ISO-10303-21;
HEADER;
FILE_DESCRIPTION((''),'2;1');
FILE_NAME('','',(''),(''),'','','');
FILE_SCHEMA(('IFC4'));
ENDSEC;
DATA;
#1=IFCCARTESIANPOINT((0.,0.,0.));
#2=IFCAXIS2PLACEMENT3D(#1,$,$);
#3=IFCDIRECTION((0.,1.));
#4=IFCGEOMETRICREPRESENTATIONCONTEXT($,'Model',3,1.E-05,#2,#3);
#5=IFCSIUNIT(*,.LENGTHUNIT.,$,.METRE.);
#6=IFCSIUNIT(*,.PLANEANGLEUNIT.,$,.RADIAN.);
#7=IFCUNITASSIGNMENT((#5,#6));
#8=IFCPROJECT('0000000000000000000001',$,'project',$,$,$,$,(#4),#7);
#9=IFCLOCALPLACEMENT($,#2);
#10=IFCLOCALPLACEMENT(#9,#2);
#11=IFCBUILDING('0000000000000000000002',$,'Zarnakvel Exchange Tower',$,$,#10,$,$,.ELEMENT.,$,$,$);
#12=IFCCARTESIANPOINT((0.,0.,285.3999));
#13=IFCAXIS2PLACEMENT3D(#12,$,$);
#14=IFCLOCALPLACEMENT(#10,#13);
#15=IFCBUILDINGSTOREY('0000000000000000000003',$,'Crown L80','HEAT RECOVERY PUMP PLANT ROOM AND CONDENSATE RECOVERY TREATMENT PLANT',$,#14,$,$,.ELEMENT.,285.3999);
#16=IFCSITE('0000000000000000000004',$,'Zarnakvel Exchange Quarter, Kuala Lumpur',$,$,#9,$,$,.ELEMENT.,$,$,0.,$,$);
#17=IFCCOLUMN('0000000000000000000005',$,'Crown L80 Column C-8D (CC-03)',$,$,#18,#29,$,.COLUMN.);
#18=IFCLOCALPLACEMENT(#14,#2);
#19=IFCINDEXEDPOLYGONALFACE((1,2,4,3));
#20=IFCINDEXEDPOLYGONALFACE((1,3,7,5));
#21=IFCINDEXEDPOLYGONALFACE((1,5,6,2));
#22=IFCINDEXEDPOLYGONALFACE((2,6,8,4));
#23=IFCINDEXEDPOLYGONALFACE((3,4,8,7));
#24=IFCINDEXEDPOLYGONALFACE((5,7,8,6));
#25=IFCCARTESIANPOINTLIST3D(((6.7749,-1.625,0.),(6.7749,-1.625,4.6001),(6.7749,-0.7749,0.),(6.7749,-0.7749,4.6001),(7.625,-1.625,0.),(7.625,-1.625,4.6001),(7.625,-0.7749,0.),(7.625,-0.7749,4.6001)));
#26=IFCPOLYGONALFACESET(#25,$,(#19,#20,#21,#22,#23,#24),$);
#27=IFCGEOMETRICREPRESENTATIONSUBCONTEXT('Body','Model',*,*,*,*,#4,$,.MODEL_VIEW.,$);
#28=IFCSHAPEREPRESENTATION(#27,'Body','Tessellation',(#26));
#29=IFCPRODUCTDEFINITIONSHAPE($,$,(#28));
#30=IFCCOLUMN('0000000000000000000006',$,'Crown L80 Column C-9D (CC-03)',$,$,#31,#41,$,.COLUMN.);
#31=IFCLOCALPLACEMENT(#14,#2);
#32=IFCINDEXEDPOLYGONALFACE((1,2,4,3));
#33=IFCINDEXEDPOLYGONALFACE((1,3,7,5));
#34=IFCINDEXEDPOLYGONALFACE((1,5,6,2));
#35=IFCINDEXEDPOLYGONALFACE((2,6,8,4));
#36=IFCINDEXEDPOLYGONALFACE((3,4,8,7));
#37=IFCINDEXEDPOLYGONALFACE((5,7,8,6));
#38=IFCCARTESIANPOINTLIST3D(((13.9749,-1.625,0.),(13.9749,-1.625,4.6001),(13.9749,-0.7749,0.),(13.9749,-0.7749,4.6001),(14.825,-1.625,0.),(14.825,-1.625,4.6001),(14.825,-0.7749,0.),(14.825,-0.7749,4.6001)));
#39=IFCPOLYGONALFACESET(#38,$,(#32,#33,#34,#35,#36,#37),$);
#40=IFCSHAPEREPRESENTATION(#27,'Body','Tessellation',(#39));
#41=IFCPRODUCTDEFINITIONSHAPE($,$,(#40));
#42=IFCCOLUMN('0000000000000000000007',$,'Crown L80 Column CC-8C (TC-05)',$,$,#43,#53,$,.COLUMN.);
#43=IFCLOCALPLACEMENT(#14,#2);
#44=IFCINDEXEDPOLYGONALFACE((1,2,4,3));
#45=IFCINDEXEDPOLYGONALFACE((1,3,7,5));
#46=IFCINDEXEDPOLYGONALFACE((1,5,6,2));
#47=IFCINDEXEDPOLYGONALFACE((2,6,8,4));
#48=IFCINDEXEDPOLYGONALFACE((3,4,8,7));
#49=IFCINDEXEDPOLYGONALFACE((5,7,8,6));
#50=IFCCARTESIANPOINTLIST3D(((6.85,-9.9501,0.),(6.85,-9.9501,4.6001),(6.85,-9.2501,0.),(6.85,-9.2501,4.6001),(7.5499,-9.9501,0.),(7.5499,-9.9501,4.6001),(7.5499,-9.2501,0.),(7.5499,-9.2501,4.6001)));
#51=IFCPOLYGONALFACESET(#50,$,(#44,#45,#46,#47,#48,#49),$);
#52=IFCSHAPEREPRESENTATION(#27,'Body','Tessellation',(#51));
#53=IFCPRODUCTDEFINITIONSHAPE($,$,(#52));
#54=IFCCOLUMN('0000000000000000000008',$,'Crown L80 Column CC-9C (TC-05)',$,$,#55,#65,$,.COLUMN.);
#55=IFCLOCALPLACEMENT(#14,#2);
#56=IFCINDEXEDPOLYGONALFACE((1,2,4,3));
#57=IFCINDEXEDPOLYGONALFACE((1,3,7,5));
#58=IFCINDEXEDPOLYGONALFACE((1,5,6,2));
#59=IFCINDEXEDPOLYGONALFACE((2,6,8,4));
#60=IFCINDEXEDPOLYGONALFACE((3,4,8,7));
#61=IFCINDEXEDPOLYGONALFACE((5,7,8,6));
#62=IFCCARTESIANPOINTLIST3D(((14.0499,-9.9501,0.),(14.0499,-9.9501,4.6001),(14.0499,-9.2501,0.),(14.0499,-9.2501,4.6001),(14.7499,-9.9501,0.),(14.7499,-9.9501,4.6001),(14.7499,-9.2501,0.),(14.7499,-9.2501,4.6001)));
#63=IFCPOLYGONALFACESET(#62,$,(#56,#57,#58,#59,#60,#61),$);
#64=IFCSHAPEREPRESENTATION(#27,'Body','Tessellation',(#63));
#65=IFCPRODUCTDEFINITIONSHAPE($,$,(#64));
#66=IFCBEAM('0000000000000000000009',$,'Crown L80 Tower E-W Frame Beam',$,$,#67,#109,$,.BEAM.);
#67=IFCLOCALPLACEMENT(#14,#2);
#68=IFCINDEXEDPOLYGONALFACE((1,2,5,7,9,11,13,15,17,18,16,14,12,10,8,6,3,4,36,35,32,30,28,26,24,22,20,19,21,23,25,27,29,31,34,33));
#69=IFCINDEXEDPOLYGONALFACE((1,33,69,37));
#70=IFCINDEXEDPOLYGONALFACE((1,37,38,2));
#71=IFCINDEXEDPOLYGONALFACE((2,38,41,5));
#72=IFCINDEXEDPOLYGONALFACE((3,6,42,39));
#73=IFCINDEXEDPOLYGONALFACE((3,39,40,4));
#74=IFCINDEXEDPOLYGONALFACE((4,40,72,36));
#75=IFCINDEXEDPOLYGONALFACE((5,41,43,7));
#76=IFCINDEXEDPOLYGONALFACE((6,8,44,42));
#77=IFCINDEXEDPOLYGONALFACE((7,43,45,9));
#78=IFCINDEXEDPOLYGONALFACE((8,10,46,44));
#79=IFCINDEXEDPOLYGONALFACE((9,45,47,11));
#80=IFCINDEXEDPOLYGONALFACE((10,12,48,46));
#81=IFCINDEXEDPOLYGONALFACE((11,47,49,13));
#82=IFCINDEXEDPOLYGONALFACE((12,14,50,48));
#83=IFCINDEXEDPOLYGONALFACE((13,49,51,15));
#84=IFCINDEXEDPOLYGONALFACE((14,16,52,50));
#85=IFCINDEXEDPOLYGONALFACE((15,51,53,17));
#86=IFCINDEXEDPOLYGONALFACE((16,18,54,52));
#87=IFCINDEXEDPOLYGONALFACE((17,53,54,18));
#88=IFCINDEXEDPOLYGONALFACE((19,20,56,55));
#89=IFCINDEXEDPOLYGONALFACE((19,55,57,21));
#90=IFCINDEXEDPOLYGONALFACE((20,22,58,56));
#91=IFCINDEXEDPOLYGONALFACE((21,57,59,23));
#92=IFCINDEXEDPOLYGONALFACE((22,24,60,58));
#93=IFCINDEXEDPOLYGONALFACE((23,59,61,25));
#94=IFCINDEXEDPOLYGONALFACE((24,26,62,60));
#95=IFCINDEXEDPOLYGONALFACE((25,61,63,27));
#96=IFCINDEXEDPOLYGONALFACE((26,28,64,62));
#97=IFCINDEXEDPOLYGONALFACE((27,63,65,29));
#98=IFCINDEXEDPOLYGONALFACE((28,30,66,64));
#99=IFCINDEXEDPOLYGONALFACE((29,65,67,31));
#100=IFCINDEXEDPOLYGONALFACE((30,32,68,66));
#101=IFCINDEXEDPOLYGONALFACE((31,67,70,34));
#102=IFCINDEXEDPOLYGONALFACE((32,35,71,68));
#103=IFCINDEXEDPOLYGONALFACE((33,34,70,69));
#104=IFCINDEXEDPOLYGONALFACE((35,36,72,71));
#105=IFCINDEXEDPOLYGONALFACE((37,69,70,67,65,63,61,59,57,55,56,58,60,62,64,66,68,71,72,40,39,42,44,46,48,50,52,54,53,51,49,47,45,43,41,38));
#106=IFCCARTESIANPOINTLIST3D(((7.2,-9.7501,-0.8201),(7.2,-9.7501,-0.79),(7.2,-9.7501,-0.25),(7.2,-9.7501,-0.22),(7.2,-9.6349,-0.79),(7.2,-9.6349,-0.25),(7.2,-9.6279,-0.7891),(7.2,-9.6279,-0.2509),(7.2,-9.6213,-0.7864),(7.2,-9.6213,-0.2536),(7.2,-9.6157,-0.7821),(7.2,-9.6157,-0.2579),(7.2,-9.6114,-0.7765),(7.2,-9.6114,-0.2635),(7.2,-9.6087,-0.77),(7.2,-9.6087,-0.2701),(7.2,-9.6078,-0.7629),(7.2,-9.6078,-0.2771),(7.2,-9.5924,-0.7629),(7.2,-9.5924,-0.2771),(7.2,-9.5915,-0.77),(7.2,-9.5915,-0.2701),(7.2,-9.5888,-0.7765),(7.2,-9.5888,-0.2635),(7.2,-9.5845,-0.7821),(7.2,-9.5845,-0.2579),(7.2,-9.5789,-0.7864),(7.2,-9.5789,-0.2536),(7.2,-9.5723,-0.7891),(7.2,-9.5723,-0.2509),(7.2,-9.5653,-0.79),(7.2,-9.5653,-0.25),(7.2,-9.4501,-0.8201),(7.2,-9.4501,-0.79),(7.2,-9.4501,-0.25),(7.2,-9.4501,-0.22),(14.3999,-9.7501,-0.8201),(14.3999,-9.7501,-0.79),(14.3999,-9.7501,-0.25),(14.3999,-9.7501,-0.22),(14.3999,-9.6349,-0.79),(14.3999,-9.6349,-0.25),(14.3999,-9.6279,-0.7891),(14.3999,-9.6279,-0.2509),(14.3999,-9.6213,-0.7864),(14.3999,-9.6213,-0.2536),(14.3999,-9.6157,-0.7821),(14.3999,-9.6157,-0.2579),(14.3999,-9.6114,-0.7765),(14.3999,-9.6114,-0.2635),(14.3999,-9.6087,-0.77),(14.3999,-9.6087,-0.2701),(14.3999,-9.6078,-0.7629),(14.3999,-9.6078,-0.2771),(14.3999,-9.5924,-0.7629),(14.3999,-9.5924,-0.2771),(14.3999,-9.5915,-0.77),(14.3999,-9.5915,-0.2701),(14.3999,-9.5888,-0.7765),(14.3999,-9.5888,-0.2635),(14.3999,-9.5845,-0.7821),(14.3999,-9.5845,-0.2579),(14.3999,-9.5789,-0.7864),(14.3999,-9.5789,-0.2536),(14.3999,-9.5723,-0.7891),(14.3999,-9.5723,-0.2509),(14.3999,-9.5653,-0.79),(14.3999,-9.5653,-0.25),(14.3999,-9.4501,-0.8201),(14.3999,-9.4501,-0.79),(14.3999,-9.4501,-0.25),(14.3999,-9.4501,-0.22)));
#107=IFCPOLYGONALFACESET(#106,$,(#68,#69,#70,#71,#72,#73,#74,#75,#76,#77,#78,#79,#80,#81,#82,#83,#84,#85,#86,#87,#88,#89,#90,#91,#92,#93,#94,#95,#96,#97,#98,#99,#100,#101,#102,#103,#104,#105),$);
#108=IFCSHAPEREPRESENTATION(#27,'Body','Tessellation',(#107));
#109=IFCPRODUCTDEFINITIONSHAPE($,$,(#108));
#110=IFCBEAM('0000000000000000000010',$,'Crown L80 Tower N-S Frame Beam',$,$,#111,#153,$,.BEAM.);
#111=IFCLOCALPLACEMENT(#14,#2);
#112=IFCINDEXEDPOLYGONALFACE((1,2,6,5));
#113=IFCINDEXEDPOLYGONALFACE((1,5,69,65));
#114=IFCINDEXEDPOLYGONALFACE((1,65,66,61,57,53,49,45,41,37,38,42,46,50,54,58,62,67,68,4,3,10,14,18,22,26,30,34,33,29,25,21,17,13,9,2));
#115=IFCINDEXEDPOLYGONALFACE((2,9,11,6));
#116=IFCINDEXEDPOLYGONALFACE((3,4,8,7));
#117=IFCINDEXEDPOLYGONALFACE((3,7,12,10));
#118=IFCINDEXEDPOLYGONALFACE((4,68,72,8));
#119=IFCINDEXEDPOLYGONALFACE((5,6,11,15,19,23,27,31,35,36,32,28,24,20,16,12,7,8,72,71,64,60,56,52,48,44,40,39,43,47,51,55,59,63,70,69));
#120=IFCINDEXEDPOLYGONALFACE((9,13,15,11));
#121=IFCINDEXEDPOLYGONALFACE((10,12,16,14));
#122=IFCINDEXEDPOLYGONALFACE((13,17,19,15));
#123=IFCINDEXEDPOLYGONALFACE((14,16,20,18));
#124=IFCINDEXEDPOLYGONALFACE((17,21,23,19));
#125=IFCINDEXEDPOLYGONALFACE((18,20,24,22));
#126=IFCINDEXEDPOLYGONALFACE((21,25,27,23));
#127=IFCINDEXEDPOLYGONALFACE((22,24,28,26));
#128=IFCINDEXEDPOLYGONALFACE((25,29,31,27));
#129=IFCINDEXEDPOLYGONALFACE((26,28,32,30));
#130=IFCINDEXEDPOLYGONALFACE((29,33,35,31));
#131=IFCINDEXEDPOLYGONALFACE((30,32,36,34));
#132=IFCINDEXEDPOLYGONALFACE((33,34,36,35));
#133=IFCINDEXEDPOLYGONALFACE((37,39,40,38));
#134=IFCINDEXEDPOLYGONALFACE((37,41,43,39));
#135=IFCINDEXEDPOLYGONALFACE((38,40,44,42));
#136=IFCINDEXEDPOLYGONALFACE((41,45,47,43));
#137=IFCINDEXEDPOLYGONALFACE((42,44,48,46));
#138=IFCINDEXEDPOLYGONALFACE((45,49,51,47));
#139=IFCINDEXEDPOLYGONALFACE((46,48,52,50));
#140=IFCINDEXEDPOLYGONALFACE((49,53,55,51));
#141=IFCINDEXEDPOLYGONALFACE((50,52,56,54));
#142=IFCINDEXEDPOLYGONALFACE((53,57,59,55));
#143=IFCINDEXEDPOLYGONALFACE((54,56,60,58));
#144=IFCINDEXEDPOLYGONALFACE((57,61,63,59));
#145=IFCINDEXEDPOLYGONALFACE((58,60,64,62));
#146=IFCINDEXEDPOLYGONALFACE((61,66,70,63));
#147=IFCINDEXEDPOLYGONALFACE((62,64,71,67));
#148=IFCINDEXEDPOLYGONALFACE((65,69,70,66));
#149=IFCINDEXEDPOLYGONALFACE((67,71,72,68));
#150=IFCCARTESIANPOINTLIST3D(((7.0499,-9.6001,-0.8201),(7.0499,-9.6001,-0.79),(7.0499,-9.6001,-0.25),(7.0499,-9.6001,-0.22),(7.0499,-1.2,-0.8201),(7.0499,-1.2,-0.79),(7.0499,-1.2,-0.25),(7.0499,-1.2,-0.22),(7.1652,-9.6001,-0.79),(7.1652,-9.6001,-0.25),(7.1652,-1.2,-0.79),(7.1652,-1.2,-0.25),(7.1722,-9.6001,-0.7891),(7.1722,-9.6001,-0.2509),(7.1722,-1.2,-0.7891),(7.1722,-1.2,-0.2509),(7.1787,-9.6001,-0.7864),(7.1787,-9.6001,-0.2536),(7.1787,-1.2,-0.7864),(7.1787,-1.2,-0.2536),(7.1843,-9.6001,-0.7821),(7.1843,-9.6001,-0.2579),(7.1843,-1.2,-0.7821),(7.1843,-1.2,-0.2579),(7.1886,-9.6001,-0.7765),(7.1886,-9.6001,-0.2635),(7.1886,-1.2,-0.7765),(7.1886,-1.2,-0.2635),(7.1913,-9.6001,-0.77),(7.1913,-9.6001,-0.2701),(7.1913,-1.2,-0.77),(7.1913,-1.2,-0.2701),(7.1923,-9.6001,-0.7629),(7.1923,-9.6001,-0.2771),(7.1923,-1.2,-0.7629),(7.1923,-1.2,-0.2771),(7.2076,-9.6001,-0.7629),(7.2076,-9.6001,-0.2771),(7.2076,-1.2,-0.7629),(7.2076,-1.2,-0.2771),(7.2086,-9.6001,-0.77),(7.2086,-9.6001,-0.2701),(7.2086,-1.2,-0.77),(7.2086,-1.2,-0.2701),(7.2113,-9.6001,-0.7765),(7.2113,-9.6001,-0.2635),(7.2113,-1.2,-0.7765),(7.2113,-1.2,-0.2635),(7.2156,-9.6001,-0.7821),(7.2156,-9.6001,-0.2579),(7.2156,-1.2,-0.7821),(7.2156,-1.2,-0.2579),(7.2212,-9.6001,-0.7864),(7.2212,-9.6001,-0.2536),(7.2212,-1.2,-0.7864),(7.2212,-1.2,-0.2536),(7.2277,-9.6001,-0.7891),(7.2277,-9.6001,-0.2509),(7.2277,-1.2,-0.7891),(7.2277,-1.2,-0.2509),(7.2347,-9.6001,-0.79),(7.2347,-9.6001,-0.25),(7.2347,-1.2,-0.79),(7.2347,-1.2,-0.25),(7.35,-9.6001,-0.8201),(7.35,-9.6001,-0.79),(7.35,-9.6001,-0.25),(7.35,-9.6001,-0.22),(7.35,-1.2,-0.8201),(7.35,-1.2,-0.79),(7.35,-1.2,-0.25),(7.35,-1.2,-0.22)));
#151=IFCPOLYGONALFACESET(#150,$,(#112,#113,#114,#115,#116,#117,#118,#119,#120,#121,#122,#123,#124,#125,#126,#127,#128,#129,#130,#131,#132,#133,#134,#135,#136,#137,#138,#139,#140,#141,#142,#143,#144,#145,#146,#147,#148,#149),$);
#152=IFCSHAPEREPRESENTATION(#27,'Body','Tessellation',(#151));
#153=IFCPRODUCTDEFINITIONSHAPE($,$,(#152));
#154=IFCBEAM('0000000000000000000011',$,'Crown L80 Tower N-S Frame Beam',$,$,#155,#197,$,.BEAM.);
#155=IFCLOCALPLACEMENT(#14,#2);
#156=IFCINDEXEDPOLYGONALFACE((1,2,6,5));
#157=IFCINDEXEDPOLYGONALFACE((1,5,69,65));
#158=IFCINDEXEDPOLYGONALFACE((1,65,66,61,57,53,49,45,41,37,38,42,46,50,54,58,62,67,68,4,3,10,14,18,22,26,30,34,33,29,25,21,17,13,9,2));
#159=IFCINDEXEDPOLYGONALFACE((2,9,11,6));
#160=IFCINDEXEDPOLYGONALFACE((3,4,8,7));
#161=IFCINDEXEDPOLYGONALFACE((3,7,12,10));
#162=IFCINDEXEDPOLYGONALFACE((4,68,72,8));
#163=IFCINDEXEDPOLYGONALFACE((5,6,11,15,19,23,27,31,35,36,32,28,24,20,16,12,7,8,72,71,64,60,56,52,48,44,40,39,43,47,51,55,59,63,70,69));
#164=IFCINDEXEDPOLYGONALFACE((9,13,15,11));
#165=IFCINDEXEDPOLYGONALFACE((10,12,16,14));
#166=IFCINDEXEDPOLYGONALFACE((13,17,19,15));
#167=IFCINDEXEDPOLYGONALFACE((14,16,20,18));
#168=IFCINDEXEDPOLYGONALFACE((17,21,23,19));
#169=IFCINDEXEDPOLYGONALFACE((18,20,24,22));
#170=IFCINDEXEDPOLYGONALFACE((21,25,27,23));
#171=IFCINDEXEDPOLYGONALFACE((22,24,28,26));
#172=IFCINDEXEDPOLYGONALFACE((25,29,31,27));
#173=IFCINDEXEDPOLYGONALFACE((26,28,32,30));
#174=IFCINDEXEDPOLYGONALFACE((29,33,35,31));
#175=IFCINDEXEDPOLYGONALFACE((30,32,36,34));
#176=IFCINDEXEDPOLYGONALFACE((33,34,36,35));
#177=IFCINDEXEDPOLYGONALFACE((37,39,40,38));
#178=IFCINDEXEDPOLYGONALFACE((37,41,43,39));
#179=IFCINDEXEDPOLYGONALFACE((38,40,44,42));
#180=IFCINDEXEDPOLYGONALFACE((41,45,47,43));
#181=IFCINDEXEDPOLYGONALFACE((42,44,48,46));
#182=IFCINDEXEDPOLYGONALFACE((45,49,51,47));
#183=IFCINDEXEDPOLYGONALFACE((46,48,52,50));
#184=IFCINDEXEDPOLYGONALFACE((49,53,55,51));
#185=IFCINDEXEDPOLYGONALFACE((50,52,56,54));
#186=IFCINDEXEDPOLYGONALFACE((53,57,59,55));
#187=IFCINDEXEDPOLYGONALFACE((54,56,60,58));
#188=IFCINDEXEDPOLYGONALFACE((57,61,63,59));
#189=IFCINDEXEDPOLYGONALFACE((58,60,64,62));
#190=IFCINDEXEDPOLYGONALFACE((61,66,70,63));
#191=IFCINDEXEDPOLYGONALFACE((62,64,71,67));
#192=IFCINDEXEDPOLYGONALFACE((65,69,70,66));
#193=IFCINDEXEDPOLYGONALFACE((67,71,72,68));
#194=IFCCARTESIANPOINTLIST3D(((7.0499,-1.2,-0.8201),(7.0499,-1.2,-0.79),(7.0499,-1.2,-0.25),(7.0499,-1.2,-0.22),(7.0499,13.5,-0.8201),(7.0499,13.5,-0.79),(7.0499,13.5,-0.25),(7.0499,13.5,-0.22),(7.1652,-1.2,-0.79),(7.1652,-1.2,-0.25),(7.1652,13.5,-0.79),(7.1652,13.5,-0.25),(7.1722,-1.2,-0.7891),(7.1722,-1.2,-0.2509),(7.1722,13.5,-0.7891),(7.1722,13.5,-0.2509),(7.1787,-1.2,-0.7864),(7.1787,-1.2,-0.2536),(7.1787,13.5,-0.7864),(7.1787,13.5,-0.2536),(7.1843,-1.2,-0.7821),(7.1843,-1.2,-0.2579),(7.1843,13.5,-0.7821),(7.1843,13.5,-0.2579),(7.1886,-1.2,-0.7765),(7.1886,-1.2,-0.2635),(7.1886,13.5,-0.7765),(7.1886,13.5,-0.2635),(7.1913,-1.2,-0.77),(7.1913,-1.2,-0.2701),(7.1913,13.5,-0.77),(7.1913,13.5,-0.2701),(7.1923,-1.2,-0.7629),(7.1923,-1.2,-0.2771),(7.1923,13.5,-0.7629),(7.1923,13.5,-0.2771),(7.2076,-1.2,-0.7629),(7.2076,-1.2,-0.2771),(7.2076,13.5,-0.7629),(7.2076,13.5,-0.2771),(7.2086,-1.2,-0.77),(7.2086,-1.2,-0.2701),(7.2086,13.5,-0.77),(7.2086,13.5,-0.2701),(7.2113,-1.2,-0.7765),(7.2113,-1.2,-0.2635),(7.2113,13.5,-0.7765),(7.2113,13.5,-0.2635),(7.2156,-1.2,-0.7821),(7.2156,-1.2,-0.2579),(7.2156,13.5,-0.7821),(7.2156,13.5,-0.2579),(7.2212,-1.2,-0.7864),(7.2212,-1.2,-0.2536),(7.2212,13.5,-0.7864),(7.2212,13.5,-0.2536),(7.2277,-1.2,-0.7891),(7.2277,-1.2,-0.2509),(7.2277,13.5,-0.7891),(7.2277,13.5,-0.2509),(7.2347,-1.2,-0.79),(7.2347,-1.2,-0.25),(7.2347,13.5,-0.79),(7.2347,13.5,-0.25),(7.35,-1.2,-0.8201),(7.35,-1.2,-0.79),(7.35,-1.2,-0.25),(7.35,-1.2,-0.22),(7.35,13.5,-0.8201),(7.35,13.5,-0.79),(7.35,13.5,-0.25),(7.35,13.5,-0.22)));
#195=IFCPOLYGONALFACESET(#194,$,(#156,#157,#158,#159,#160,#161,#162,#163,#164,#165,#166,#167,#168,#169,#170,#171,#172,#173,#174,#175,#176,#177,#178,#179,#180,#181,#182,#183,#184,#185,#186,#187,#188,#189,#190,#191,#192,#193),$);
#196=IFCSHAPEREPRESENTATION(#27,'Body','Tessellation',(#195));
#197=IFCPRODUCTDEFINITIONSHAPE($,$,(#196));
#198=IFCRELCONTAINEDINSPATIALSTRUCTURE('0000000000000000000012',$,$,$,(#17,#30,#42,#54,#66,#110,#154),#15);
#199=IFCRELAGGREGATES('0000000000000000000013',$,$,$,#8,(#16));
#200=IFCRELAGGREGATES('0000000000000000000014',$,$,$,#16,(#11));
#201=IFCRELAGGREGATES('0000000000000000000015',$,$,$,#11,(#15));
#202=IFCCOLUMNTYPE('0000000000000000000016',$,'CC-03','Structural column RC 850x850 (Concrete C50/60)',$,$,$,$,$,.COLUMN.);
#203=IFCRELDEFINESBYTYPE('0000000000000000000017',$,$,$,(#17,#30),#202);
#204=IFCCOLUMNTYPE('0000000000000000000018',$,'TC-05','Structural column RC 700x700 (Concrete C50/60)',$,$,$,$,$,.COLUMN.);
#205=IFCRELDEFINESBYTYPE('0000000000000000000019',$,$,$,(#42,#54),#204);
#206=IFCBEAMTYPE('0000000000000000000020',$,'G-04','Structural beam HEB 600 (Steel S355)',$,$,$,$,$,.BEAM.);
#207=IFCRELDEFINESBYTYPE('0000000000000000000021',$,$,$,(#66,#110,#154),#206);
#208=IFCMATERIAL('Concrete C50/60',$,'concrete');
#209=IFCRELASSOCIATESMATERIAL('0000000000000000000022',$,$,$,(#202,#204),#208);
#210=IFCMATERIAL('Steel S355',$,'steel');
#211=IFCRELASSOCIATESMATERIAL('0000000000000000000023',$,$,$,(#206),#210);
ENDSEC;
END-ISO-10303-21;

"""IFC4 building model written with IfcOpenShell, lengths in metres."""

from ifc_helpers import new_model, si_unit, direction, frame, origin, origin_2d, place, context, subcontext, project, spatial, rectangle, i_section, extrude, material, material_profile, profile_set, type_object, element, save


model = new_model("IFC4")

# Units and contexts
model_context = context("Model", 3, precision=1e-05, world=origin(), true_north=direction((0.0, 1.0)))
body_context = subcontext(model_context, "Body", "Model", "MODEL_VIEW")
ifc_project = project(units=[si_unit("LENGTHUNIT", "METRE"), si_unit("PLANEANGLEUNIT", "RADIAN")], contexts=[model_context])

# Site, building, storey
site_placement = place(None, origin())
site = spatial("IfcSite", under=ifc_project, at=site_placement, Name="Zarnakvel Exchange Quarter, Kuala Lumpur", CompositionType="ELEMENT", RefElevation=0.0)
building_placement = place(site_placement, origin())
building = spatial("IfcBuilding", under=site, at=building_placement, Name="Zarnakvel Exchange Tower", CompositionType="ELEMENT")
storey_placement = place(building_placement, frame((0.0, 0.0, 285.3999)))
storey = spatial("IfcBuildingStorey", under=building, at=storey_placement, Name="Crown L80", Description="HEAT RECOVERY PUMP PLANT ROOM AND CONDENSATE RECOVERY TREATMENT PLANT", CompositionType="ELEMENT", Elevation=285.3999)

# Columns
ifc_material_1 = material(Name="Concrete C50/60", Category="concrete")
ifc_material_profile_1 = material_profile(ifc_material_1, rectangle(XDim=0.8501, YDim=0.8501, at=origin_2d()))
ifc_profile_set_1 = profile_set([ifc_material_profile_1], Name="Concrete C50/60")
column_type_1 = type_object("IfcColumnType", Name="CC-03", Description="Structural column RC 850x850 (Concrete C50/60)", PredefinedType="COLUMN", material=ifc_profile_set_1)
for number, where, z_axis, x_axis, name in (
    (1, (7.2, -1.2, 0.0), (0.0, 0.0, 1.0), (1.0, 0.0, 0.0), "Crown L80 Column C-8D (CC-03)"),
    (2, (14.3999, -1.2, 0.0), (0.0, 0.0, 1.0), (1.0, 0.0, 0.0), "Crown L80 Column C-9D (CC-03)"),
):
    element("IfcColumn", number, at=place(storey_placement, frame(where, z_axis=z_axis, x_axis=x_axis)), inside=storey, type_object=column_type_1, Name=name, PredefinedType="COLUMN", context=body_context, shape_type="SweptSolid", body=[
        extrude(rectangle(XDim=0.8501, YDim=0.8501, at=origin_2d()), origin(), (0.0, 0.0, 1.0), 4.6001),
    ])
ifc_material_profile_2 = material_profile(ifc_material_1, rectangle(XDim=0.7, YDim=0.7, at=origin_2d()))
ifc_profile_set_2 = profile_set([ifc_material_profile_2], Name="Concrete C50/60")
column_type_2 = type_object("IfcColumnType", Name="TC-05", Description="Structural column RC 700x700 (Concrete C50/60)", PredefinedType="COLUMN", material=ifc_profile_set_2)
for number, where, z_axis, x_axis, name in (
    (3, (7.2, -9.6001, 0.0), (0.0, 0.0, 1.0), (1.0, 0.0, 0.0), "Crown L80 Column CC-8C (TC-05)"),
    (4, (14.3999, -9.6001, 0.0), (0.0, 0.0, 1.0), (1.0, 0.0, 0.0), "Crown L80 Column CC-9C (TC-05)"),
):
    element("IfcColumn", number, at=place(storey_placement, frame(where, z_axis=z_axis, x_axis=x_axis)), inside=storey, type_object=column_type_2, Name=name, PredefinedType="COLUMN", context=body_context, shape_type="SweptSolid", body=[
        extrude(rectangle(XDim=0.7, YDim=0.7, at=origin_2d()), origin(), (0.0, 0.0, 1.0), 4.6001),
    ])

# Beams
ifc_material_2 = material(Name="Steel S355", Category="steel")
ifc_material_profile_3 = material_profile(ifc_material_2, i_section(OverallWidth=0.3, OverallDepth=0.6001, WebThickness=0.0154, FlangeThickness=0.03, FilletRadius=0.0271, at=origin_2d()))
ifc_profile_set_3 = profile_set([ifc_material_profile_3], Name="Steel S355")
beam_type_1 = type_object("IfcBeamType", Name="G-04", Description="Structural beam HEB 600 (Steel S355)", PredefinedType="BEAM", material=ifc_profile_set_3)
beam_1_placement = place(storey_placement, frame((7.2, -9.6001, -0.52), z_axis=(1.0, 0.0, 0.0), x_axis=(0.0, 1.0, 0.0)))
element("IfcBeam", 5, at=beam_1_placement, inside=storey, type_object=beam_type_1, Name="Crown L80 Tower E-W Frame Beam", PredefinedType="BEAM", context=body_context, shape_type="SweptSolid", body=[
    extrude(i_section(OverallWidth=0.3, OverallDepth=0.6001, WebThickness=0.0154, FlangeThickness=0.03, FilletRadius=0.0271, at=origin_2d()), origin(), (0.0, 0.0, 1.0), 7.2),
])
beam_2_placement = place(storey_placement, frame((7.2, -9.6001, -0.52), z_axis=(0.0, 1.0, 0.0), x_axis=(-1.0, 0.0, 0.0)))
element("IfcBeam", 6, at=beam_2_placement, inside=storey, type_object=beam_type_1, Name="Crown L80 Tower N-S Frame Beam", PredefinedType="BEAM", context=body_context, shape_type="SweptSolid", body=[
    extrude(i_section(OverallWidth=0.3, OverallDepth=0.6001, WebThickness=0.0154, FlangeThickness=0.03, FilletRadius=0.0271, at=origin_2d()), origin(), (0.0, 0.0, 1.0), 8.4001),
])
beam_3_placement = place(storey_placement, frame((7.2, -1.2, -0.52), z_axis=(0.0, 1.0, 0.0), x_axis=(-1.0, 0.0, 0.0)))
element("IfcBeam", 7, at=beam_3_placement, inside=storey, type_object=beam_type_1, Name="Crown L80 Tower N-S Frame Beam", PredefinedType="BEAM", context=body_context, shape_type="SweptSolid", body=[
    extrude(i_section(OverallWidth=0.3, OverallDepth=0.6001, WebThickness=0.0154, FlangeThickness=0.03, FilletRadius=0.0271, at=origin_2d()), origin(), (0.0, 0.0, 1.0), 14.7),
])

save(model, "model.ifc")
